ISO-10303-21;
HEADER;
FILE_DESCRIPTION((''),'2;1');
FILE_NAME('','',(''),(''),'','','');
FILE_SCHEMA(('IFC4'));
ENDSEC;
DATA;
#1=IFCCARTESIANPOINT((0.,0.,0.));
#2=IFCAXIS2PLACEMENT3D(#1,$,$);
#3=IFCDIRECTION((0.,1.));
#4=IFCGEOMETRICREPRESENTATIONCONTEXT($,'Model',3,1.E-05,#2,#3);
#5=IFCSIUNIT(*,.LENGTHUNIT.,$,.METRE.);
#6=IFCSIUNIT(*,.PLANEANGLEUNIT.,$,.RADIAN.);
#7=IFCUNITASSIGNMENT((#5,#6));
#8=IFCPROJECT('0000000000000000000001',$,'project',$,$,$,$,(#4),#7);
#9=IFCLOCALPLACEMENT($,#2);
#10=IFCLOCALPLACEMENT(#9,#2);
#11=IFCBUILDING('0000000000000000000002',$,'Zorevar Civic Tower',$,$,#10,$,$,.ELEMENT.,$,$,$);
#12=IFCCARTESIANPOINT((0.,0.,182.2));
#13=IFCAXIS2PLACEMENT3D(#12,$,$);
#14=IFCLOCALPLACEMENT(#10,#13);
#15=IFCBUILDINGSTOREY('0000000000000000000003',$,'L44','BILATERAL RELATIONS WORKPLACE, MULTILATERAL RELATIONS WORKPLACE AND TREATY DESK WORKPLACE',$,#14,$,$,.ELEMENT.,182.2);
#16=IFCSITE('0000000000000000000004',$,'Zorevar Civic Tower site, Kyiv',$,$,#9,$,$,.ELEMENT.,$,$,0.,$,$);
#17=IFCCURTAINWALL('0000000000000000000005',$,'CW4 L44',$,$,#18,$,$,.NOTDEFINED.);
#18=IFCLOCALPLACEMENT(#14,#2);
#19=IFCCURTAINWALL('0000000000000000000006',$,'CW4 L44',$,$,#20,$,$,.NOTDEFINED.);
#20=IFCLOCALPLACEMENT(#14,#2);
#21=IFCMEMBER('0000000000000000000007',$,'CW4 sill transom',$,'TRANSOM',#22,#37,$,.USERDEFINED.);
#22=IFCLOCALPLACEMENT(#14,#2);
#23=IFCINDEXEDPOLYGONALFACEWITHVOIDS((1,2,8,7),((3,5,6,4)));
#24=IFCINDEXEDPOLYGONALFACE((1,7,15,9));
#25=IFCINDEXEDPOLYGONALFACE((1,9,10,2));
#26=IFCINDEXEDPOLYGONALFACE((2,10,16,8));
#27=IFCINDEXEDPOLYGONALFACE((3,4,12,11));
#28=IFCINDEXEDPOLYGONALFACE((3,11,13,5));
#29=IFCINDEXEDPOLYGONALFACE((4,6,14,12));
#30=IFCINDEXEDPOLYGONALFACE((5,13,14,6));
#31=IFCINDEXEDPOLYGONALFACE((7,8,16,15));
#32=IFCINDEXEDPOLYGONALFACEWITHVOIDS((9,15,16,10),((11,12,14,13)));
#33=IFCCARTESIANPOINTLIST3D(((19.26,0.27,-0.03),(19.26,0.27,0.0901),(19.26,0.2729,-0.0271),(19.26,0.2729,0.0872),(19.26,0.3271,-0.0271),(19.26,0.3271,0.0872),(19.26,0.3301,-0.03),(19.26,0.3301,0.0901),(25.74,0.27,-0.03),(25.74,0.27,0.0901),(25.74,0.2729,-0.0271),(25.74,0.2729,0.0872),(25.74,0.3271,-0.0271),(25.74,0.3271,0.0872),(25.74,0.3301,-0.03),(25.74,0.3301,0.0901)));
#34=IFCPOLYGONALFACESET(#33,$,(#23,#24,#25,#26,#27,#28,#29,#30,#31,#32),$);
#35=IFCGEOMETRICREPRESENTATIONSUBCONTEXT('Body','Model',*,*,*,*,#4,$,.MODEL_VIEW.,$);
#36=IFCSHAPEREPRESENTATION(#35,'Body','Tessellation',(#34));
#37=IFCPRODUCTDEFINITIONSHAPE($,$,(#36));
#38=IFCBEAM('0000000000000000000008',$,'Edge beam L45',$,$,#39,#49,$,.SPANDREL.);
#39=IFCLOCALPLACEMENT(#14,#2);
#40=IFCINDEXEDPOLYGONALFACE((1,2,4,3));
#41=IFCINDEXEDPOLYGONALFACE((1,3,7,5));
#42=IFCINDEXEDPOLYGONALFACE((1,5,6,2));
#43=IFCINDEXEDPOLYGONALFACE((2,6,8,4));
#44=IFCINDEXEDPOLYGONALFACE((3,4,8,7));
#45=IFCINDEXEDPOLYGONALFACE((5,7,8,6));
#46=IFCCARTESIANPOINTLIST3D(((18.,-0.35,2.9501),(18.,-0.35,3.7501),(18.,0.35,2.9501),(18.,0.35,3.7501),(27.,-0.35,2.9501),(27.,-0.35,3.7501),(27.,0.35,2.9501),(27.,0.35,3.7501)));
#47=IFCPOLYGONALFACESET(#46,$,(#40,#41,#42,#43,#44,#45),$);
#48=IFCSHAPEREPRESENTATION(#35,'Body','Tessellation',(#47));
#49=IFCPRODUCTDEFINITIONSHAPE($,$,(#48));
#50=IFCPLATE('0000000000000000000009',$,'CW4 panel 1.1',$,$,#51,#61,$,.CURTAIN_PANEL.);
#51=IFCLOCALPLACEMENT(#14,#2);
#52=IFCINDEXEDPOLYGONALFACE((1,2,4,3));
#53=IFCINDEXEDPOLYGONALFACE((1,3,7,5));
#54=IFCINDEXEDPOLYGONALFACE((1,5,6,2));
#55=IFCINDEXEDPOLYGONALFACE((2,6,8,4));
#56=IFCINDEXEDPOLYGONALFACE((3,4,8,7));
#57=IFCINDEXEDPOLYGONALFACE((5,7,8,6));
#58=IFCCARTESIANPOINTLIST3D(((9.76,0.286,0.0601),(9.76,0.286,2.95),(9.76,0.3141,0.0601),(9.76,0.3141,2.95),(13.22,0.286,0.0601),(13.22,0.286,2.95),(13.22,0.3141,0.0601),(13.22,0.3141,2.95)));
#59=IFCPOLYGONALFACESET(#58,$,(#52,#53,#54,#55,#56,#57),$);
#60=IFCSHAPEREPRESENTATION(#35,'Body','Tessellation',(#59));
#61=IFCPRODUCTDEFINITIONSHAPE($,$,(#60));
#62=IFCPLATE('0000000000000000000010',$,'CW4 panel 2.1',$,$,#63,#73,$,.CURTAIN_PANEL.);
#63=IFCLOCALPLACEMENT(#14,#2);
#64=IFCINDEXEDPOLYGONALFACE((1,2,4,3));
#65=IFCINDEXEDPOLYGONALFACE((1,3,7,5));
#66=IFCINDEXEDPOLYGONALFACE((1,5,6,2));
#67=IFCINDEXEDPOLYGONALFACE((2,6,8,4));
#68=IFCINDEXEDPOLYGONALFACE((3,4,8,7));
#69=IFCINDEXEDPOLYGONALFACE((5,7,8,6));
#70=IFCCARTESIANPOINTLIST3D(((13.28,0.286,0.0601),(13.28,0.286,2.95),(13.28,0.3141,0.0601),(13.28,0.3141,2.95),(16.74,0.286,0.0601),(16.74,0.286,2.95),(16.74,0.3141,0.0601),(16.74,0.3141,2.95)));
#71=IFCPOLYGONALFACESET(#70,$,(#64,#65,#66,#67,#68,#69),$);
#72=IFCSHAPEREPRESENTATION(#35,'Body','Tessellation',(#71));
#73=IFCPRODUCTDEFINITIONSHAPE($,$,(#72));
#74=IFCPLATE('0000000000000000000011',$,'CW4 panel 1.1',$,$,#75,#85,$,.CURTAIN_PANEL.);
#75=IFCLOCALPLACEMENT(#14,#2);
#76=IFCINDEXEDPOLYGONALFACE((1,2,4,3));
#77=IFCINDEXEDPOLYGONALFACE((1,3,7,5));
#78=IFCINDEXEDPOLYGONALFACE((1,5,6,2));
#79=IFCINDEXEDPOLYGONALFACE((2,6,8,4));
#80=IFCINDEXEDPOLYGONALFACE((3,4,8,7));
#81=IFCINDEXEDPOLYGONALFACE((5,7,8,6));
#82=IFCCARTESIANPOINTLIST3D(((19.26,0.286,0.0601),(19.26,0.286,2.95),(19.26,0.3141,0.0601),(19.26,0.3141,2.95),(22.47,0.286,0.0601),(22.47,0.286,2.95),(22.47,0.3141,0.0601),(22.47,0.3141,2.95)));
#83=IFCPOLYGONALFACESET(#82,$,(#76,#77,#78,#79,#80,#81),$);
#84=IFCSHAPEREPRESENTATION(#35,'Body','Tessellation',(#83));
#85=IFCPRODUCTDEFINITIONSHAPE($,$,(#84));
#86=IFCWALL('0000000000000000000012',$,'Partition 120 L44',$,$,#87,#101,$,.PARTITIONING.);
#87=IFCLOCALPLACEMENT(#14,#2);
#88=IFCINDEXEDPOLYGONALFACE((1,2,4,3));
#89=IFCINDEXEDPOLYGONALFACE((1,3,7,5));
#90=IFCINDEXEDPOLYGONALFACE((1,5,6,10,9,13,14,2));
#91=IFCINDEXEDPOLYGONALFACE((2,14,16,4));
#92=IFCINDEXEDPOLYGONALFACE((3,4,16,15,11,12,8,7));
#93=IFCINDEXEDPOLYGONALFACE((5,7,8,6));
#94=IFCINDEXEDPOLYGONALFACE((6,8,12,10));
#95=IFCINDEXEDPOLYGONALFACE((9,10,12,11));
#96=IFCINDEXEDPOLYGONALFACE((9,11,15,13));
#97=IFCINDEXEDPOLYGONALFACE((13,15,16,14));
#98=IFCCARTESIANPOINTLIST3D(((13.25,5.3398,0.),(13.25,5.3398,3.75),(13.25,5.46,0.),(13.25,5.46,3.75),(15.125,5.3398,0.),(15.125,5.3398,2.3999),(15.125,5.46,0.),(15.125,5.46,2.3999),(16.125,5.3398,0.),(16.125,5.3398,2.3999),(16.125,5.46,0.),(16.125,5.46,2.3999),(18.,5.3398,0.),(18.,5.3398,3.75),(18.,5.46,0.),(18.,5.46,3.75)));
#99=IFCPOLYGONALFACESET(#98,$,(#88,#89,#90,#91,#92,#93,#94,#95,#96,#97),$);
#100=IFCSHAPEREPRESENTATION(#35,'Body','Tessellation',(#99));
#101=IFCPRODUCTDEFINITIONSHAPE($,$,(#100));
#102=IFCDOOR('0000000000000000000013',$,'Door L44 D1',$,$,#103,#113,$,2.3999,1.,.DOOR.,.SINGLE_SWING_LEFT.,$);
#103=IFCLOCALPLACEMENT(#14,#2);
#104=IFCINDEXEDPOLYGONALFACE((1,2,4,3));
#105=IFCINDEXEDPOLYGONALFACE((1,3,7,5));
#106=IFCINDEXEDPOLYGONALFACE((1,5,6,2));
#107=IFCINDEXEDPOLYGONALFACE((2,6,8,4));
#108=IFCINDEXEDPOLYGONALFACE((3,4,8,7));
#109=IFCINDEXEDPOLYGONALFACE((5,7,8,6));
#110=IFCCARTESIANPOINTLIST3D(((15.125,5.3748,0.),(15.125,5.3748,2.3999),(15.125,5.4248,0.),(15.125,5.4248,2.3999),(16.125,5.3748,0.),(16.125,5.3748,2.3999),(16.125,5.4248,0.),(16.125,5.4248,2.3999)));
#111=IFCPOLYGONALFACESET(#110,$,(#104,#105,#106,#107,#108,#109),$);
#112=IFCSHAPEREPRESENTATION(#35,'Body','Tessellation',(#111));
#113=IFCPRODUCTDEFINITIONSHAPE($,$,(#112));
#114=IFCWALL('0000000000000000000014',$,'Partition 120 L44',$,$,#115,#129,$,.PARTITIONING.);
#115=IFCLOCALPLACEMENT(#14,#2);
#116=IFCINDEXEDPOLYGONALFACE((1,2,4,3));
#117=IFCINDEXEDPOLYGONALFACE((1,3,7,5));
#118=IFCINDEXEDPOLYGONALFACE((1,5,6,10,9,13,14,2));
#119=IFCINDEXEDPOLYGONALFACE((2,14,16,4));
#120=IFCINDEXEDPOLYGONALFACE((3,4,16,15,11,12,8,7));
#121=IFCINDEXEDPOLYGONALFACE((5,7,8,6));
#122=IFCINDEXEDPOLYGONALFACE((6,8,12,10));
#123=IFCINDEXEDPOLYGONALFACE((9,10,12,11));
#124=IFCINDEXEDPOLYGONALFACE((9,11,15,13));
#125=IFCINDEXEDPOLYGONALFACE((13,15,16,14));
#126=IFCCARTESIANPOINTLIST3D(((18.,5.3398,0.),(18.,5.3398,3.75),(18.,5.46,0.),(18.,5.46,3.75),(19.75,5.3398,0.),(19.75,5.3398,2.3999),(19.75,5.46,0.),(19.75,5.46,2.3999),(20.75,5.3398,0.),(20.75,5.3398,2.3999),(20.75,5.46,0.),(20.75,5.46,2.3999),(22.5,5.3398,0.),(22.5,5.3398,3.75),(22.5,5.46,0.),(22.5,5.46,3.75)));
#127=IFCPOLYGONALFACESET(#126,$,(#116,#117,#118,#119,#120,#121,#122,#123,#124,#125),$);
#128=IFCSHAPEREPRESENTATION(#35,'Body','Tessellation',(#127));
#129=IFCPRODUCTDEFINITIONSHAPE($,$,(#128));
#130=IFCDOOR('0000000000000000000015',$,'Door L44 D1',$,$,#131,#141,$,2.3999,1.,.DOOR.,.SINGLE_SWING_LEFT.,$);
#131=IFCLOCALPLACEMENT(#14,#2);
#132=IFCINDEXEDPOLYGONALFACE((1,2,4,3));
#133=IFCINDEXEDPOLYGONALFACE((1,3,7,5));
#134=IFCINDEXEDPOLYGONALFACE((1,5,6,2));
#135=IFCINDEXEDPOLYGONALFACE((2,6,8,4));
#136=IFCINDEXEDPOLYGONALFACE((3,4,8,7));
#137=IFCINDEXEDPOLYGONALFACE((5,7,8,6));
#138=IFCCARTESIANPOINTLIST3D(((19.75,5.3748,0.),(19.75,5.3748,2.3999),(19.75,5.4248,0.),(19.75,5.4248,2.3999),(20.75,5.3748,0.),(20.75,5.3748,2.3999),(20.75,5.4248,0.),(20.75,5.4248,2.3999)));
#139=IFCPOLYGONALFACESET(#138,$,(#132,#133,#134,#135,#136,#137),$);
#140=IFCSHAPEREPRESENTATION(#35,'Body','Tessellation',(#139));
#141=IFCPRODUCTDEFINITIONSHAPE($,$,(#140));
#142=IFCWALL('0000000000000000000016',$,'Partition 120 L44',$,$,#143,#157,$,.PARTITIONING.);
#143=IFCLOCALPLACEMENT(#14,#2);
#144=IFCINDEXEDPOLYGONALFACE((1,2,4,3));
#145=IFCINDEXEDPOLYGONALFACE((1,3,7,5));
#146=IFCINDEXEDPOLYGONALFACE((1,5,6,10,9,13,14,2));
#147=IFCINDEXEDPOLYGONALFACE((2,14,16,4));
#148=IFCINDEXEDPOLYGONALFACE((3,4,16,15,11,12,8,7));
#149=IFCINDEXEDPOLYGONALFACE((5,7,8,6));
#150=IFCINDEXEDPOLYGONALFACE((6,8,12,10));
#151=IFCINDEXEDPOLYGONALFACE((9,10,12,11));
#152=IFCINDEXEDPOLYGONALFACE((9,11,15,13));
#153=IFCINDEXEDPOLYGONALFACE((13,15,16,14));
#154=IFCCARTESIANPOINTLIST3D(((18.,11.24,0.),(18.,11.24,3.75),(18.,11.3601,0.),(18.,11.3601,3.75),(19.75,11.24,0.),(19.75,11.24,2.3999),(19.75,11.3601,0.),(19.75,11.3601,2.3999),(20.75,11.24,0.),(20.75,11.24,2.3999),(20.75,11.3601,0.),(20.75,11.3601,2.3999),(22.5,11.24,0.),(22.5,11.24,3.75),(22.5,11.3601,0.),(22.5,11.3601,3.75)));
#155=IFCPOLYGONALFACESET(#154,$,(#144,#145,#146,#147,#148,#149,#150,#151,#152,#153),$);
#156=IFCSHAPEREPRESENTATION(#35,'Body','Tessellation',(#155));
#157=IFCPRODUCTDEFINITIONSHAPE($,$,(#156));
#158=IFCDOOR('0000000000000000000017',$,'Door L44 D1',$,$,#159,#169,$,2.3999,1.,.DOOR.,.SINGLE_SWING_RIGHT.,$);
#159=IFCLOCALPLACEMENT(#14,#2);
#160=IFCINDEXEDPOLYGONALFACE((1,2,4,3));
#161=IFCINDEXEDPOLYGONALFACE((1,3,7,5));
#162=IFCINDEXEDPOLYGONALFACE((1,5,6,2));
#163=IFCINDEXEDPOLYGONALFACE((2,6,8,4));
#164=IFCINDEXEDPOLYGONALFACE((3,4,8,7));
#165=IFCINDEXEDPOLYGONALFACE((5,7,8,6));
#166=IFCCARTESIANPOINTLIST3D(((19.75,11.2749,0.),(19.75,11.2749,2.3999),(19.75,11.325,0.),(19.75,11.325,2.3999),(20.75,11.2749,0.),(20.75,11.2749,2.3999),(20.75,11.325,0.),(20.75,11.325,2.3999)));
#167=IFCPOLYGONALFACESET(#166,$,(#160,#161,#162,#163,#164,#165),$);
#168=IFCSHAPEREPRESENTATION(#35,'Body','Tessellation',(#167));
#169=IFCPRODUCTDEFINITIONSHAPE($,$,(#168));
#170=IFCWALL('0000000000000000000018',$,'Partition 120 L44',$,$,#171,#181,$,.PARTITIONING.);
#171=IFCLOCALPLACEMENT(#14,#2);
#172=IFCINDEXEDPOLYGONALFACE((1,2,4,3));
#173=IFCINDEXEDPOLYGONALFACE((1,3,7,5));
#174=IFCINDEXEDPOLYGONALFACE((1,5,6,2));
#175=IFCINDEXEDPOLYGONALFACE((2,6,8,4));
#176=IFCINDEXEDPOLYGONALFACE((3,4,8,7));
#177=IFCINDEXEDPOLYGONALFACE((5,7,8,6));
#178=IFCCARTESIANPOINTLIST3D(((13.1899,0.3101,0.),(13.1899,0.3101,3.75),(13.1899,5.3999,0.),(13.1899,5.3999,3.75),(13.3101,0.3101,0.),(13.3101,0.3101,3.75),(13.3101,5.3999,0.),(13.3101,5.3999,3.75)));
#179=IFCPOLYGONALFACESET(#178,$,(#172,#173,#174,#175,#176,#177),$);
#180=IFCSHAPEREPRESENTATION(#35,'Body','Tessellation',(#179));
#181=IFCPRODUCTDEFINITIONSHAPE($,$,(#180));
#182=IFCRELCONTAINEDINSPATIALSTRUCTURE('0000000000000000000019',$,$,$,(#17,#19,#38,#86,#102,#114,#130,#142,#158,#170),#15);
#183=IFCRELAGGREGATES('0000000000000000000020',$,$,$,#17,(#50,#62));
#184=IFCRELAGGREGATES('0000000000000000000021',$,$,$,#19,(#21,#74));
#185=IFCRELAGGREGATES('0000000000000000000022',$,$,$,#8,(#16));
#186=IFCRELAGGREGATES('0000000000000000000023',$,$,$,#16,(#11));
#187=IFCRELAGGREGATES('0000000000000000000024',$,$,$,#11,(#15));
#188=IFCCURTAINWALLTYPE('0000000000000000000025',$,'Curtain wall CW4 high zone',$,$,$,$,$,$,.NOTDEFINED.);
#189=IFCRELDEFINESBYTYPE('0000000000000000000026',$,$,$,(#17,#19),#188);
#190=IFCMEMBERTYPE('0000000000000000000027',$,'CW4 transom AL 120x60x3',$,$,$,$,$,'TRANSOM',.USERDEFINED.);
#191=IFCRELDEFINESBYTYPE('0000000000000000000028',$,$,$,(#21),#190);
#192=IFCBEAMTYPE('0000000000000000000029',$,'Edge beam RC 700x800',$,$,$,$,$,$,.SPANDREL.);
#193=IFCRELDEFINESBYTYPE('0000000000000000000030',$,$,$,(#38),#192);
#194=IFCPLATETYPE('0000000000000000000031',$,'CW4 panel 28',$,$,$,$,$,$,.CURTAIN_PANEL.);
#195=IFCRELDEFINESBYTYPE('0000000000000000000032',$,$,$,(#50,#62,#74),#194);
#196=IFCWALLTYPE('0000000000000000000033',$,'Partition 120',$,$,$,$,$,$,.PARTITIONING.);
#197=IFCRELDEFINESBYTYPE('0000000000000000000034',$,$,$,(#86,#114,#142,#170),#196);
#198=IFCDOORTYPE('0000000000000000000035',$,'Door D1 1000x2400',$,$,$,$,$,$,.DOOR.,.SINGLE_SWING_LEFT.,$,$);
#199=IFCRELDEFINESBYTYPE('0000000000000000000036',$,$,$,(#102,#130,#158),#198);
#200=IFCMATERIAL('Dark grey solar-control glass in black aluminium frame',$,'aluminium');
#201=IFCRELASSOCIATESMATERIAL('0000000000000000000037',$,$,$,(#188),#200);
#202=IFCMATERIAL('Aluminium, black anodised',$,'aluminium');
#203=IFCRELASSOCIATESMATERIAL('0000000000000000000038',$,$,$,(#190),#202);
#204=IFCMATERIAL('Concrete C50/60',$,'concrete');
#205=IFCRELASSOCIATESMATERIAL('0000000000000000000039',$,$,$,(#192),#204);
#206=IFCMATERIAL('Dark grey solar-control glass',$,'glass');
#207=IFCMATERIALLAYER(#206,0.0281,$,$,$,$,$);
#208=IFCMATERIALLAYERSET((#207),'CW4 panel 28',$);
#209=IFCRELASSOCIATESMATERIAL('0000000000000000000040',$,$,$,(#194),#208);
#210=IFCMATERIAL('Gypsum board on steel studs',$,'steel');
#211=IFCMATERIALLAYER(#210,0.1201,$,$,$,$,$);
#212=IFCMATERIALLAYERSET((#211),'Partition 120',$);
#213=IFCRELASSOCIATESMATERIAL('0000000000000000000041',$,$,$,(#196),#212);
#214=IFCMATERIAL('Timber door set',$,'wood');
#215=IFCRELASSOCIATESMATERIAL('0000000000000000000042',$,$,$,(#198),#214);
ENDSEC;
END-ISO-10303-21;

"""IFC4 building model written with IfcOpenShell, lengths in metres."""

from ifc_helpers import new_model, si_unit, direction, frame, frame_2d, origin, origin_2d, place, context, subcontext, project, spatial, rectangle, hollow_rectangle, extrude, material, layer, layer_set, material_profile, profile_set, type_object, element, fill, aggregate, save


model = new_model("IFC4")

# Units and contexts
model_context = context("Model", 3, precision=1e-05, world=origin(), true_north=direction((0.0, 1.0)))
body_context = subcontext(model_context, "Body", "Model", "MODEL_VIEW")
ifc_project = project(units=[si_unit("LENGTHUNIT", "METRE"), si_unit("PLANEANGLEUNIT", "RADIAN")], contexts=[model_context])

# Site, building, storey
site_placement = place(None, origin())
site = spatial("IfcSite", under=ifc_project, at=site_placement, Name="Zorevar Civic Tower site, Kyiv", CompositionType="ELEMENT", RefElevation=0.0)
building_placement = place(site_placement, origin())
building = spatial("IfcBuilding", under=site, at=building_placement, Name="Zorevar Civic Tower", CompositionType="ELEMENT")
storey_placement = place(building_placement, frame((0.0, 0.0, 182.2)))
storey = spatial("IfcBuildingStorey", under=building, at=storey_placement, Name="L44", Description="BILATERAL RELATIONS WORKPLACE, MULTILATERAL RELATIONS WORKPLACE AND TREATY DESK WORKPLACE", CompositionType="ELEMENT", Elevation=182.2)

# Curtain wall
ifc_material_1 = material(Name="Dark grey solar-control glass in black aluminium frame", Category="aluminium")
curtain_wall_type = type_object("IfcCurtainWallType", Name="Curtain wall CW4 high zone", PredefinedType="NOTDEFINED", material=ifc_material_1)
curtain_wall_1_placement = place(storey_placement, origin())
curtain_wall_1 = element("IfcCurtainWall", 1, at=curtain_wall_1_placement, inside=storey, type_object=curtain_wall_type, Name="CW4 L44", PredefinedType="NOTDEFINED")

# Curtain wall
curtain_wall_2_placement = place(storey_placement, origin())
curtain_wall_2 = element("IfcCurtainWall", 2, at=curtain_wall_2_placement, inside=storey, type_object=curtain_wall_type, Name="CW4 L44", PredefinedType="NOTDEFINED")

# Member
ifc_material_2 = material(Name="Aluminium, black anodised", Category="aluminium")
ifc_material_profile_1 = material_profile(ifc_material_2, hollow_rectangle(XDim=0.0601, YDim=0.1201, WallThickness=0.0029, at=origin_2d()), Name="AL 120x60x3")
ifc_profile_set_1 = profile_set([ifc_material_profile_1], Name="Aluminium, black anodised")
member_type_1 = type_object("IfcMemberType", Name="CW4 transom AL 120x60x3", ElementType="TRANSOM", PredefinedType="USERDEFINED", material=ifc_profile_set_1)
member_1_placement = place(storey_placement, frame((19.26, 0.3, 0.03), z_axis=(1.0, 0.0, 0.0), x_axis=(0.0, 1.0, 0.0)))
member_1 = element("IfcMember", 3, at=member_1_placement, type_object=member_type_1, Name="CW4 sill transom", ObjectType="TRANSOM", PredefinedType="USERDEFINED", context=body_context, shape_type="SweptSolid", body=[
    extrude(hollow_rectangle(XDim=0.0601, YDim=0.1201, WallThickness=0.0029, at=origin_2d()), origin(), (0.0, 0.0, 1.0), 6.48),
])

# Beam
ifc_material_3 = material(Name="Concrete C50/60", Category="concrete")
ifc_material_profile_2 = material_profile(ifc_material_3, rectangle(XDim=0.7, YDim=0.8, at=origin_2d()), Name="RC 700x800")
ifc_profile_set_2 = profile_set([ifc_material_profile_2], Name="Concrete C50/60")
beam_type_1 = type_object("IfcBeamType", Name="Edge beam RC 700x800", PredefinedType="SPANDREL", material=ifc_profile_set_2)
beam_1_placement = place(storey_placement, frame((18.0, 0.0, 3.3501), z_axis=(1.0, 0.0, 0.0), x_axis=(0.0, 1.0, 0.0)))
element("IfcBeam", 4, at=beam_1_placement, inside=storey, type_object=beam_type_1, Name="Edge beam L45", PredefinedType="SPANDREL", context=body_context, shape_type="SweptSolid", body=[
    extrude(rectangle(XDim=0.7, YDim=0.8, at=origin_2d()), origin(), (0.0, 0.0, 1.0), 9.0),
])

# Plates
ifc_material_4 = material(Name="Dark grey solar-control glass", Category="glass")
ifc_layer_1 = layer(ifc_material_4, 0.0281)
ifc_layer_set_1 = layer_set([ifc_layer_1], Name="CW4 panel 28")
plate_type = type_object("IfcPlateType", Name="CW4 panel 28", PredefinedType="CURTAIN_PANEL", material=ifc_layer_set_1)
plate_1_placement = place(storey_placement, frame((11.49, 0.3, 0.0601), z_axis=(0.0, 0.0, 1.0), x_axis=(1.0, 0.0, 0.0)))
plate_1 = element("IfcPlate", 5, at=plate_1_placement, type_object=plate_type, Name="CW4 panel 1.1", PredefinedType="CURTAIN_PANEL", context=body_context, shape_type="SweptSolid", body=[
    extrude(rectangle(XDim=3.46, YDim=0.0281, at=origin_2d()), origin(), (0.0, 0.0, 1.0), 2.8899),
])
plate_2_placement = place(storey_placement, frame((15.01, 0.3, 0.0601), z_axis=(0.0, 0.0, 1.0), x_axis=(1.0, 0.0, 0.0)))
plate_2 = element("IfcPlate", 6, at=plate_2_placement, type_object=plate_type, Name="CW4 panel 2.1", PredefinedType="CURTAIN_PANEL", context=body_context, shape_type="SweptSolid", body=[
    extrude(rectangle(XDim=3.46, YDim=0.0281, at=origin_2d()), origin(), (0.0, 0.0, 1.0), 2.8899),
])
aggregate(curtain_wall_1, [plate_1, plate_2])
plate_3_placement = place(storey_placement, frame((20.865, 0.3, 0.0601), z_axis=(0.0, 0.0, 1.0), x_axis=(1.0, 0.0, 0.0)))
plate_3 = element("IfcPlate", 7, at=plate_3_placement, type_object=plate_type, Name="CW4 panel 1.1", PredefinedType="CURTAIN_PANEL", context=body_context, shape_type="SweptSolid", body=[
    extrude(rectangle(XDim=3.21, YDim=0.0281, at=origin_2d()), origin(), (0.0, 0.0, 1.0), 2.8899),
])
aggregate(curtain_wall_2, [member_1, plate_3])

# Walls, openings, doors
ifc_material_5 = material(Name="Gypsum board on steel studs", Category="steel")
ifc_layer_2 = layer(ifc_material_5, 0.1201)
ifc_layer_set_2 = layer_set([ifc_layer_2], Name="Partition 120")
wall_type = type_object("IfcWallType", Name="Partition 120", PredefinedType="PARTITIONING", material=ifc_layer_set_2)
wall_1_placement = place(storey_placement, frame((13.25, 5.3999, 0.0), z_axis=(0.0, 0.0, 1.0), x_axis=(1.0, 0.0, 0.0)))
wall_1 = element("IfcWall", 8, at=wall_1_placement, inside=storey, type_object=wall_type, Name="Partition 120 L44", PredefinedType="PARTITIONING", context=body_context, shape_type="SweptSolid", body=[
    extrude(rectangle(XDim=4.75, YDim=0.1201, at=frame_2d((2.375, 0.0))), origin(), (0.0, 0.0, 1.0), 3.75),
])
opening_1_placement = place(wall_1_placement, frame((1.875, 0.0, 0.0)))
opening_1 = element("IfcOpeningElement", 9, at=opening_1_placement, cuts=wall_1, PredefinedType="OPENING", context=body_context, shape_type="SweptSolid", body=[
    extrude(rectangle(XDim=1.0, YDim=2.3999, at=frame_2d((0.5, 1.2))), frame((0.0, 0.0701, 0.0), z_axis=(0.0, -1.0, 0.0), x_axis=(1.0, 0.0, 0.0)), (0.0, 0.0, 1.0), 0.1401),
])
ifc_material_6 = material(Name="Timber door set", Category="wood")
door_type = type_object("IfcDoorType", Name="Door D1 1000x2400", OperationType="SINGLE_SWING_LEFT", PredefinedType="DOOR", material=ifc_material_6)
door_1_placement = place(opening_1_placement, origin())
door_1 = element("IfcDoor", 10, at=door_1_placement, inside=storey, type_object=door_type, Name="Door L44 D1", OperationType="SINGLE_SWING_LEFT", OverallHeight=2.3999, OverallWidth=1.0, PredefinedType="DOOR", context=body_context, shape_type="SweptSolid", body=[
    extrude(rectangle(XDim=1.0, YDim=2.3999, at=frame_2d((0.5, 1.2))), frame((0.0, 0.0249, 0.0), z_axis=(0.0, -1.0, 0.0), x_axis=(1.0, 0.0, 0.0)), (0.0, 0.0, 1.0), 0.05),
])
fill(opening_1, door_1)
wall_2_placement = place(storey_placement, frame((18.0, 5.3999, 0.0), z_axis=(0.0, 0.0, 1.0), x_axis=(1.0, 0.0, 0.0)))
wall_2 = element("IfcWall", 11, at=wall_2_placement, inside=storey, type_object=wall_type, Name="Partition 120 L44", PredefinedType="PARTITIONING", context=body_context, shape_type="SweptSolid", body=[
    extrude(rectangle(XDim=4.5, YDim=0.1201, at=frame_2d((2.25, 0.0))), origin(), (0.0, 0.0, 1.0), 3.75),
])
opening_2_placement = place(wall_2_placement, frame((1.75, 0.0, 0.0)))
opening_2 = element("IfcOpeningElement", 12, at=opening_2_placement, cuts=wall_2, PredefinedType="OPENING", context=body_context, shape_type="SweptSolid", body=[
    extrude(rectangle(XDim=1.0, YDim=2.3999, at=frame_2d((0.5, 1.2))), frame((0.0, 0.0701, 0.0), z_axis=(0.0, -1.0, 0.0), x_axis=(1.0, 0.0, 0.0)), (0.0, 0.0, 1.0), 0.1401),
])
door_2_placement = place(opening_2_placement, origin())
door_2 = element("IfcDoor", 13, at=door_2_placement, inside=storey, type_object=door_type, Name="Door L44 D1", OperationType="SINGLE_SWING_LEFT", OverallHeight=2.3999, OverallWidth=1.0, PredefinedType="DOOR", context=body_context, shape_type="SweptSolid", body=[
    extrude(rectangle(XDim=1.0, YDim=2.3999, at=frame_2d((0.5, 1.2))), frame((0.0, 0.0249, 0.0), z_axis=(0.0, -1.0, 0.0), x_axis=(1.0, 0.0, 0.0)), (0.0, 0.0, 1.0), 0.05),
])
fill(opening_2, door_2)
wall_3_placement = place(storey_placement, frame((18.0, 11.3, 0.0), z_axis=(0.0, 0.0, 1.0), x_axis=(1.0, 0.0, 0.0)))
wall_3 = element("IfcWall", 14, at=wall_3_placement, inside=storey, type_object=wall_type, Name="Partition 120 L44", PredefinedType="PARTITIONING", context=body_context, shape_type="SweptSolid", body=[
    extrude(rectangle(XDim=4.5, YDim=0.1201, at=frame_2d((2.25, 0.0))), origin(), (0.0, 0.0, 1.0), 3.75),
])
opening_3_placement = place(wall_3_placement, frame((1.75, 0.0, 0.0)))
opening_3 = element("IfcOpeningElement", 15, at=opening_3_placement, cuts=wall_3, PredefinedType="OPENING", context=body_context, shape_type="SweptSolid", body=[
    extrude(rectangle(XDim=1.0, YDim=2.3999, at=frame_2d((0.5, 1.2))), frame((0.0, 0.0701, 0.0), z_axis=(0.0, -1.0, 0.0), x_axis=(1.0, 0.0, 0.0)), (0.0, 0.0, 1.0), 0.1401),
])
door_3_placement = place(opening_3_placement, origin())
door_3 = element("IfcDoor", 16, at=door_3_placement, inside=storey, type_object=door_type, Name="Door L44 D1", OperationType="SINGLE_SWING_RIGHT", OverallHeight=2.3999, OverallWidth=1.0, PredefinedType="DOOR", context=body_context, shape_type="SweptSolid", body=[
    extrude(rectangle(XDim=1.0, YDim=2.3999, at=frame_2d((0.5, 1.2))), frame((0.0, 0.0249, 0.0), z_axis=(0.0, -1.0, 0.0), x_axis=(1.0, 0.0, 0.0)), (0.0, 0.0, 1.0), 0.05),
])
fill(opening_3, door_3)

# Wall
wall_4_placement = place(storey_placement, frame((13.25, 0.3101, 0.0), z_axis=(0.0, 0.0, 1.0), x_axis=(0.0, 1.0, 0.0)))
element("IfcWall", 17, at=wall_4_placement, inside=storey, type_object=wall_type, Name="Partition 120 L44", PredefinedType="PARTITIONING", context=body_context, shape_type="SweptSolid", body=[
    extrude(rectangle(XDim=5.0898, YDim=0.1201, at=frame_2d((2.5449, 0.0))), origin(), (0.0, 0.0, 1.0), 3.75),
])

save(model, "model.ifc")
